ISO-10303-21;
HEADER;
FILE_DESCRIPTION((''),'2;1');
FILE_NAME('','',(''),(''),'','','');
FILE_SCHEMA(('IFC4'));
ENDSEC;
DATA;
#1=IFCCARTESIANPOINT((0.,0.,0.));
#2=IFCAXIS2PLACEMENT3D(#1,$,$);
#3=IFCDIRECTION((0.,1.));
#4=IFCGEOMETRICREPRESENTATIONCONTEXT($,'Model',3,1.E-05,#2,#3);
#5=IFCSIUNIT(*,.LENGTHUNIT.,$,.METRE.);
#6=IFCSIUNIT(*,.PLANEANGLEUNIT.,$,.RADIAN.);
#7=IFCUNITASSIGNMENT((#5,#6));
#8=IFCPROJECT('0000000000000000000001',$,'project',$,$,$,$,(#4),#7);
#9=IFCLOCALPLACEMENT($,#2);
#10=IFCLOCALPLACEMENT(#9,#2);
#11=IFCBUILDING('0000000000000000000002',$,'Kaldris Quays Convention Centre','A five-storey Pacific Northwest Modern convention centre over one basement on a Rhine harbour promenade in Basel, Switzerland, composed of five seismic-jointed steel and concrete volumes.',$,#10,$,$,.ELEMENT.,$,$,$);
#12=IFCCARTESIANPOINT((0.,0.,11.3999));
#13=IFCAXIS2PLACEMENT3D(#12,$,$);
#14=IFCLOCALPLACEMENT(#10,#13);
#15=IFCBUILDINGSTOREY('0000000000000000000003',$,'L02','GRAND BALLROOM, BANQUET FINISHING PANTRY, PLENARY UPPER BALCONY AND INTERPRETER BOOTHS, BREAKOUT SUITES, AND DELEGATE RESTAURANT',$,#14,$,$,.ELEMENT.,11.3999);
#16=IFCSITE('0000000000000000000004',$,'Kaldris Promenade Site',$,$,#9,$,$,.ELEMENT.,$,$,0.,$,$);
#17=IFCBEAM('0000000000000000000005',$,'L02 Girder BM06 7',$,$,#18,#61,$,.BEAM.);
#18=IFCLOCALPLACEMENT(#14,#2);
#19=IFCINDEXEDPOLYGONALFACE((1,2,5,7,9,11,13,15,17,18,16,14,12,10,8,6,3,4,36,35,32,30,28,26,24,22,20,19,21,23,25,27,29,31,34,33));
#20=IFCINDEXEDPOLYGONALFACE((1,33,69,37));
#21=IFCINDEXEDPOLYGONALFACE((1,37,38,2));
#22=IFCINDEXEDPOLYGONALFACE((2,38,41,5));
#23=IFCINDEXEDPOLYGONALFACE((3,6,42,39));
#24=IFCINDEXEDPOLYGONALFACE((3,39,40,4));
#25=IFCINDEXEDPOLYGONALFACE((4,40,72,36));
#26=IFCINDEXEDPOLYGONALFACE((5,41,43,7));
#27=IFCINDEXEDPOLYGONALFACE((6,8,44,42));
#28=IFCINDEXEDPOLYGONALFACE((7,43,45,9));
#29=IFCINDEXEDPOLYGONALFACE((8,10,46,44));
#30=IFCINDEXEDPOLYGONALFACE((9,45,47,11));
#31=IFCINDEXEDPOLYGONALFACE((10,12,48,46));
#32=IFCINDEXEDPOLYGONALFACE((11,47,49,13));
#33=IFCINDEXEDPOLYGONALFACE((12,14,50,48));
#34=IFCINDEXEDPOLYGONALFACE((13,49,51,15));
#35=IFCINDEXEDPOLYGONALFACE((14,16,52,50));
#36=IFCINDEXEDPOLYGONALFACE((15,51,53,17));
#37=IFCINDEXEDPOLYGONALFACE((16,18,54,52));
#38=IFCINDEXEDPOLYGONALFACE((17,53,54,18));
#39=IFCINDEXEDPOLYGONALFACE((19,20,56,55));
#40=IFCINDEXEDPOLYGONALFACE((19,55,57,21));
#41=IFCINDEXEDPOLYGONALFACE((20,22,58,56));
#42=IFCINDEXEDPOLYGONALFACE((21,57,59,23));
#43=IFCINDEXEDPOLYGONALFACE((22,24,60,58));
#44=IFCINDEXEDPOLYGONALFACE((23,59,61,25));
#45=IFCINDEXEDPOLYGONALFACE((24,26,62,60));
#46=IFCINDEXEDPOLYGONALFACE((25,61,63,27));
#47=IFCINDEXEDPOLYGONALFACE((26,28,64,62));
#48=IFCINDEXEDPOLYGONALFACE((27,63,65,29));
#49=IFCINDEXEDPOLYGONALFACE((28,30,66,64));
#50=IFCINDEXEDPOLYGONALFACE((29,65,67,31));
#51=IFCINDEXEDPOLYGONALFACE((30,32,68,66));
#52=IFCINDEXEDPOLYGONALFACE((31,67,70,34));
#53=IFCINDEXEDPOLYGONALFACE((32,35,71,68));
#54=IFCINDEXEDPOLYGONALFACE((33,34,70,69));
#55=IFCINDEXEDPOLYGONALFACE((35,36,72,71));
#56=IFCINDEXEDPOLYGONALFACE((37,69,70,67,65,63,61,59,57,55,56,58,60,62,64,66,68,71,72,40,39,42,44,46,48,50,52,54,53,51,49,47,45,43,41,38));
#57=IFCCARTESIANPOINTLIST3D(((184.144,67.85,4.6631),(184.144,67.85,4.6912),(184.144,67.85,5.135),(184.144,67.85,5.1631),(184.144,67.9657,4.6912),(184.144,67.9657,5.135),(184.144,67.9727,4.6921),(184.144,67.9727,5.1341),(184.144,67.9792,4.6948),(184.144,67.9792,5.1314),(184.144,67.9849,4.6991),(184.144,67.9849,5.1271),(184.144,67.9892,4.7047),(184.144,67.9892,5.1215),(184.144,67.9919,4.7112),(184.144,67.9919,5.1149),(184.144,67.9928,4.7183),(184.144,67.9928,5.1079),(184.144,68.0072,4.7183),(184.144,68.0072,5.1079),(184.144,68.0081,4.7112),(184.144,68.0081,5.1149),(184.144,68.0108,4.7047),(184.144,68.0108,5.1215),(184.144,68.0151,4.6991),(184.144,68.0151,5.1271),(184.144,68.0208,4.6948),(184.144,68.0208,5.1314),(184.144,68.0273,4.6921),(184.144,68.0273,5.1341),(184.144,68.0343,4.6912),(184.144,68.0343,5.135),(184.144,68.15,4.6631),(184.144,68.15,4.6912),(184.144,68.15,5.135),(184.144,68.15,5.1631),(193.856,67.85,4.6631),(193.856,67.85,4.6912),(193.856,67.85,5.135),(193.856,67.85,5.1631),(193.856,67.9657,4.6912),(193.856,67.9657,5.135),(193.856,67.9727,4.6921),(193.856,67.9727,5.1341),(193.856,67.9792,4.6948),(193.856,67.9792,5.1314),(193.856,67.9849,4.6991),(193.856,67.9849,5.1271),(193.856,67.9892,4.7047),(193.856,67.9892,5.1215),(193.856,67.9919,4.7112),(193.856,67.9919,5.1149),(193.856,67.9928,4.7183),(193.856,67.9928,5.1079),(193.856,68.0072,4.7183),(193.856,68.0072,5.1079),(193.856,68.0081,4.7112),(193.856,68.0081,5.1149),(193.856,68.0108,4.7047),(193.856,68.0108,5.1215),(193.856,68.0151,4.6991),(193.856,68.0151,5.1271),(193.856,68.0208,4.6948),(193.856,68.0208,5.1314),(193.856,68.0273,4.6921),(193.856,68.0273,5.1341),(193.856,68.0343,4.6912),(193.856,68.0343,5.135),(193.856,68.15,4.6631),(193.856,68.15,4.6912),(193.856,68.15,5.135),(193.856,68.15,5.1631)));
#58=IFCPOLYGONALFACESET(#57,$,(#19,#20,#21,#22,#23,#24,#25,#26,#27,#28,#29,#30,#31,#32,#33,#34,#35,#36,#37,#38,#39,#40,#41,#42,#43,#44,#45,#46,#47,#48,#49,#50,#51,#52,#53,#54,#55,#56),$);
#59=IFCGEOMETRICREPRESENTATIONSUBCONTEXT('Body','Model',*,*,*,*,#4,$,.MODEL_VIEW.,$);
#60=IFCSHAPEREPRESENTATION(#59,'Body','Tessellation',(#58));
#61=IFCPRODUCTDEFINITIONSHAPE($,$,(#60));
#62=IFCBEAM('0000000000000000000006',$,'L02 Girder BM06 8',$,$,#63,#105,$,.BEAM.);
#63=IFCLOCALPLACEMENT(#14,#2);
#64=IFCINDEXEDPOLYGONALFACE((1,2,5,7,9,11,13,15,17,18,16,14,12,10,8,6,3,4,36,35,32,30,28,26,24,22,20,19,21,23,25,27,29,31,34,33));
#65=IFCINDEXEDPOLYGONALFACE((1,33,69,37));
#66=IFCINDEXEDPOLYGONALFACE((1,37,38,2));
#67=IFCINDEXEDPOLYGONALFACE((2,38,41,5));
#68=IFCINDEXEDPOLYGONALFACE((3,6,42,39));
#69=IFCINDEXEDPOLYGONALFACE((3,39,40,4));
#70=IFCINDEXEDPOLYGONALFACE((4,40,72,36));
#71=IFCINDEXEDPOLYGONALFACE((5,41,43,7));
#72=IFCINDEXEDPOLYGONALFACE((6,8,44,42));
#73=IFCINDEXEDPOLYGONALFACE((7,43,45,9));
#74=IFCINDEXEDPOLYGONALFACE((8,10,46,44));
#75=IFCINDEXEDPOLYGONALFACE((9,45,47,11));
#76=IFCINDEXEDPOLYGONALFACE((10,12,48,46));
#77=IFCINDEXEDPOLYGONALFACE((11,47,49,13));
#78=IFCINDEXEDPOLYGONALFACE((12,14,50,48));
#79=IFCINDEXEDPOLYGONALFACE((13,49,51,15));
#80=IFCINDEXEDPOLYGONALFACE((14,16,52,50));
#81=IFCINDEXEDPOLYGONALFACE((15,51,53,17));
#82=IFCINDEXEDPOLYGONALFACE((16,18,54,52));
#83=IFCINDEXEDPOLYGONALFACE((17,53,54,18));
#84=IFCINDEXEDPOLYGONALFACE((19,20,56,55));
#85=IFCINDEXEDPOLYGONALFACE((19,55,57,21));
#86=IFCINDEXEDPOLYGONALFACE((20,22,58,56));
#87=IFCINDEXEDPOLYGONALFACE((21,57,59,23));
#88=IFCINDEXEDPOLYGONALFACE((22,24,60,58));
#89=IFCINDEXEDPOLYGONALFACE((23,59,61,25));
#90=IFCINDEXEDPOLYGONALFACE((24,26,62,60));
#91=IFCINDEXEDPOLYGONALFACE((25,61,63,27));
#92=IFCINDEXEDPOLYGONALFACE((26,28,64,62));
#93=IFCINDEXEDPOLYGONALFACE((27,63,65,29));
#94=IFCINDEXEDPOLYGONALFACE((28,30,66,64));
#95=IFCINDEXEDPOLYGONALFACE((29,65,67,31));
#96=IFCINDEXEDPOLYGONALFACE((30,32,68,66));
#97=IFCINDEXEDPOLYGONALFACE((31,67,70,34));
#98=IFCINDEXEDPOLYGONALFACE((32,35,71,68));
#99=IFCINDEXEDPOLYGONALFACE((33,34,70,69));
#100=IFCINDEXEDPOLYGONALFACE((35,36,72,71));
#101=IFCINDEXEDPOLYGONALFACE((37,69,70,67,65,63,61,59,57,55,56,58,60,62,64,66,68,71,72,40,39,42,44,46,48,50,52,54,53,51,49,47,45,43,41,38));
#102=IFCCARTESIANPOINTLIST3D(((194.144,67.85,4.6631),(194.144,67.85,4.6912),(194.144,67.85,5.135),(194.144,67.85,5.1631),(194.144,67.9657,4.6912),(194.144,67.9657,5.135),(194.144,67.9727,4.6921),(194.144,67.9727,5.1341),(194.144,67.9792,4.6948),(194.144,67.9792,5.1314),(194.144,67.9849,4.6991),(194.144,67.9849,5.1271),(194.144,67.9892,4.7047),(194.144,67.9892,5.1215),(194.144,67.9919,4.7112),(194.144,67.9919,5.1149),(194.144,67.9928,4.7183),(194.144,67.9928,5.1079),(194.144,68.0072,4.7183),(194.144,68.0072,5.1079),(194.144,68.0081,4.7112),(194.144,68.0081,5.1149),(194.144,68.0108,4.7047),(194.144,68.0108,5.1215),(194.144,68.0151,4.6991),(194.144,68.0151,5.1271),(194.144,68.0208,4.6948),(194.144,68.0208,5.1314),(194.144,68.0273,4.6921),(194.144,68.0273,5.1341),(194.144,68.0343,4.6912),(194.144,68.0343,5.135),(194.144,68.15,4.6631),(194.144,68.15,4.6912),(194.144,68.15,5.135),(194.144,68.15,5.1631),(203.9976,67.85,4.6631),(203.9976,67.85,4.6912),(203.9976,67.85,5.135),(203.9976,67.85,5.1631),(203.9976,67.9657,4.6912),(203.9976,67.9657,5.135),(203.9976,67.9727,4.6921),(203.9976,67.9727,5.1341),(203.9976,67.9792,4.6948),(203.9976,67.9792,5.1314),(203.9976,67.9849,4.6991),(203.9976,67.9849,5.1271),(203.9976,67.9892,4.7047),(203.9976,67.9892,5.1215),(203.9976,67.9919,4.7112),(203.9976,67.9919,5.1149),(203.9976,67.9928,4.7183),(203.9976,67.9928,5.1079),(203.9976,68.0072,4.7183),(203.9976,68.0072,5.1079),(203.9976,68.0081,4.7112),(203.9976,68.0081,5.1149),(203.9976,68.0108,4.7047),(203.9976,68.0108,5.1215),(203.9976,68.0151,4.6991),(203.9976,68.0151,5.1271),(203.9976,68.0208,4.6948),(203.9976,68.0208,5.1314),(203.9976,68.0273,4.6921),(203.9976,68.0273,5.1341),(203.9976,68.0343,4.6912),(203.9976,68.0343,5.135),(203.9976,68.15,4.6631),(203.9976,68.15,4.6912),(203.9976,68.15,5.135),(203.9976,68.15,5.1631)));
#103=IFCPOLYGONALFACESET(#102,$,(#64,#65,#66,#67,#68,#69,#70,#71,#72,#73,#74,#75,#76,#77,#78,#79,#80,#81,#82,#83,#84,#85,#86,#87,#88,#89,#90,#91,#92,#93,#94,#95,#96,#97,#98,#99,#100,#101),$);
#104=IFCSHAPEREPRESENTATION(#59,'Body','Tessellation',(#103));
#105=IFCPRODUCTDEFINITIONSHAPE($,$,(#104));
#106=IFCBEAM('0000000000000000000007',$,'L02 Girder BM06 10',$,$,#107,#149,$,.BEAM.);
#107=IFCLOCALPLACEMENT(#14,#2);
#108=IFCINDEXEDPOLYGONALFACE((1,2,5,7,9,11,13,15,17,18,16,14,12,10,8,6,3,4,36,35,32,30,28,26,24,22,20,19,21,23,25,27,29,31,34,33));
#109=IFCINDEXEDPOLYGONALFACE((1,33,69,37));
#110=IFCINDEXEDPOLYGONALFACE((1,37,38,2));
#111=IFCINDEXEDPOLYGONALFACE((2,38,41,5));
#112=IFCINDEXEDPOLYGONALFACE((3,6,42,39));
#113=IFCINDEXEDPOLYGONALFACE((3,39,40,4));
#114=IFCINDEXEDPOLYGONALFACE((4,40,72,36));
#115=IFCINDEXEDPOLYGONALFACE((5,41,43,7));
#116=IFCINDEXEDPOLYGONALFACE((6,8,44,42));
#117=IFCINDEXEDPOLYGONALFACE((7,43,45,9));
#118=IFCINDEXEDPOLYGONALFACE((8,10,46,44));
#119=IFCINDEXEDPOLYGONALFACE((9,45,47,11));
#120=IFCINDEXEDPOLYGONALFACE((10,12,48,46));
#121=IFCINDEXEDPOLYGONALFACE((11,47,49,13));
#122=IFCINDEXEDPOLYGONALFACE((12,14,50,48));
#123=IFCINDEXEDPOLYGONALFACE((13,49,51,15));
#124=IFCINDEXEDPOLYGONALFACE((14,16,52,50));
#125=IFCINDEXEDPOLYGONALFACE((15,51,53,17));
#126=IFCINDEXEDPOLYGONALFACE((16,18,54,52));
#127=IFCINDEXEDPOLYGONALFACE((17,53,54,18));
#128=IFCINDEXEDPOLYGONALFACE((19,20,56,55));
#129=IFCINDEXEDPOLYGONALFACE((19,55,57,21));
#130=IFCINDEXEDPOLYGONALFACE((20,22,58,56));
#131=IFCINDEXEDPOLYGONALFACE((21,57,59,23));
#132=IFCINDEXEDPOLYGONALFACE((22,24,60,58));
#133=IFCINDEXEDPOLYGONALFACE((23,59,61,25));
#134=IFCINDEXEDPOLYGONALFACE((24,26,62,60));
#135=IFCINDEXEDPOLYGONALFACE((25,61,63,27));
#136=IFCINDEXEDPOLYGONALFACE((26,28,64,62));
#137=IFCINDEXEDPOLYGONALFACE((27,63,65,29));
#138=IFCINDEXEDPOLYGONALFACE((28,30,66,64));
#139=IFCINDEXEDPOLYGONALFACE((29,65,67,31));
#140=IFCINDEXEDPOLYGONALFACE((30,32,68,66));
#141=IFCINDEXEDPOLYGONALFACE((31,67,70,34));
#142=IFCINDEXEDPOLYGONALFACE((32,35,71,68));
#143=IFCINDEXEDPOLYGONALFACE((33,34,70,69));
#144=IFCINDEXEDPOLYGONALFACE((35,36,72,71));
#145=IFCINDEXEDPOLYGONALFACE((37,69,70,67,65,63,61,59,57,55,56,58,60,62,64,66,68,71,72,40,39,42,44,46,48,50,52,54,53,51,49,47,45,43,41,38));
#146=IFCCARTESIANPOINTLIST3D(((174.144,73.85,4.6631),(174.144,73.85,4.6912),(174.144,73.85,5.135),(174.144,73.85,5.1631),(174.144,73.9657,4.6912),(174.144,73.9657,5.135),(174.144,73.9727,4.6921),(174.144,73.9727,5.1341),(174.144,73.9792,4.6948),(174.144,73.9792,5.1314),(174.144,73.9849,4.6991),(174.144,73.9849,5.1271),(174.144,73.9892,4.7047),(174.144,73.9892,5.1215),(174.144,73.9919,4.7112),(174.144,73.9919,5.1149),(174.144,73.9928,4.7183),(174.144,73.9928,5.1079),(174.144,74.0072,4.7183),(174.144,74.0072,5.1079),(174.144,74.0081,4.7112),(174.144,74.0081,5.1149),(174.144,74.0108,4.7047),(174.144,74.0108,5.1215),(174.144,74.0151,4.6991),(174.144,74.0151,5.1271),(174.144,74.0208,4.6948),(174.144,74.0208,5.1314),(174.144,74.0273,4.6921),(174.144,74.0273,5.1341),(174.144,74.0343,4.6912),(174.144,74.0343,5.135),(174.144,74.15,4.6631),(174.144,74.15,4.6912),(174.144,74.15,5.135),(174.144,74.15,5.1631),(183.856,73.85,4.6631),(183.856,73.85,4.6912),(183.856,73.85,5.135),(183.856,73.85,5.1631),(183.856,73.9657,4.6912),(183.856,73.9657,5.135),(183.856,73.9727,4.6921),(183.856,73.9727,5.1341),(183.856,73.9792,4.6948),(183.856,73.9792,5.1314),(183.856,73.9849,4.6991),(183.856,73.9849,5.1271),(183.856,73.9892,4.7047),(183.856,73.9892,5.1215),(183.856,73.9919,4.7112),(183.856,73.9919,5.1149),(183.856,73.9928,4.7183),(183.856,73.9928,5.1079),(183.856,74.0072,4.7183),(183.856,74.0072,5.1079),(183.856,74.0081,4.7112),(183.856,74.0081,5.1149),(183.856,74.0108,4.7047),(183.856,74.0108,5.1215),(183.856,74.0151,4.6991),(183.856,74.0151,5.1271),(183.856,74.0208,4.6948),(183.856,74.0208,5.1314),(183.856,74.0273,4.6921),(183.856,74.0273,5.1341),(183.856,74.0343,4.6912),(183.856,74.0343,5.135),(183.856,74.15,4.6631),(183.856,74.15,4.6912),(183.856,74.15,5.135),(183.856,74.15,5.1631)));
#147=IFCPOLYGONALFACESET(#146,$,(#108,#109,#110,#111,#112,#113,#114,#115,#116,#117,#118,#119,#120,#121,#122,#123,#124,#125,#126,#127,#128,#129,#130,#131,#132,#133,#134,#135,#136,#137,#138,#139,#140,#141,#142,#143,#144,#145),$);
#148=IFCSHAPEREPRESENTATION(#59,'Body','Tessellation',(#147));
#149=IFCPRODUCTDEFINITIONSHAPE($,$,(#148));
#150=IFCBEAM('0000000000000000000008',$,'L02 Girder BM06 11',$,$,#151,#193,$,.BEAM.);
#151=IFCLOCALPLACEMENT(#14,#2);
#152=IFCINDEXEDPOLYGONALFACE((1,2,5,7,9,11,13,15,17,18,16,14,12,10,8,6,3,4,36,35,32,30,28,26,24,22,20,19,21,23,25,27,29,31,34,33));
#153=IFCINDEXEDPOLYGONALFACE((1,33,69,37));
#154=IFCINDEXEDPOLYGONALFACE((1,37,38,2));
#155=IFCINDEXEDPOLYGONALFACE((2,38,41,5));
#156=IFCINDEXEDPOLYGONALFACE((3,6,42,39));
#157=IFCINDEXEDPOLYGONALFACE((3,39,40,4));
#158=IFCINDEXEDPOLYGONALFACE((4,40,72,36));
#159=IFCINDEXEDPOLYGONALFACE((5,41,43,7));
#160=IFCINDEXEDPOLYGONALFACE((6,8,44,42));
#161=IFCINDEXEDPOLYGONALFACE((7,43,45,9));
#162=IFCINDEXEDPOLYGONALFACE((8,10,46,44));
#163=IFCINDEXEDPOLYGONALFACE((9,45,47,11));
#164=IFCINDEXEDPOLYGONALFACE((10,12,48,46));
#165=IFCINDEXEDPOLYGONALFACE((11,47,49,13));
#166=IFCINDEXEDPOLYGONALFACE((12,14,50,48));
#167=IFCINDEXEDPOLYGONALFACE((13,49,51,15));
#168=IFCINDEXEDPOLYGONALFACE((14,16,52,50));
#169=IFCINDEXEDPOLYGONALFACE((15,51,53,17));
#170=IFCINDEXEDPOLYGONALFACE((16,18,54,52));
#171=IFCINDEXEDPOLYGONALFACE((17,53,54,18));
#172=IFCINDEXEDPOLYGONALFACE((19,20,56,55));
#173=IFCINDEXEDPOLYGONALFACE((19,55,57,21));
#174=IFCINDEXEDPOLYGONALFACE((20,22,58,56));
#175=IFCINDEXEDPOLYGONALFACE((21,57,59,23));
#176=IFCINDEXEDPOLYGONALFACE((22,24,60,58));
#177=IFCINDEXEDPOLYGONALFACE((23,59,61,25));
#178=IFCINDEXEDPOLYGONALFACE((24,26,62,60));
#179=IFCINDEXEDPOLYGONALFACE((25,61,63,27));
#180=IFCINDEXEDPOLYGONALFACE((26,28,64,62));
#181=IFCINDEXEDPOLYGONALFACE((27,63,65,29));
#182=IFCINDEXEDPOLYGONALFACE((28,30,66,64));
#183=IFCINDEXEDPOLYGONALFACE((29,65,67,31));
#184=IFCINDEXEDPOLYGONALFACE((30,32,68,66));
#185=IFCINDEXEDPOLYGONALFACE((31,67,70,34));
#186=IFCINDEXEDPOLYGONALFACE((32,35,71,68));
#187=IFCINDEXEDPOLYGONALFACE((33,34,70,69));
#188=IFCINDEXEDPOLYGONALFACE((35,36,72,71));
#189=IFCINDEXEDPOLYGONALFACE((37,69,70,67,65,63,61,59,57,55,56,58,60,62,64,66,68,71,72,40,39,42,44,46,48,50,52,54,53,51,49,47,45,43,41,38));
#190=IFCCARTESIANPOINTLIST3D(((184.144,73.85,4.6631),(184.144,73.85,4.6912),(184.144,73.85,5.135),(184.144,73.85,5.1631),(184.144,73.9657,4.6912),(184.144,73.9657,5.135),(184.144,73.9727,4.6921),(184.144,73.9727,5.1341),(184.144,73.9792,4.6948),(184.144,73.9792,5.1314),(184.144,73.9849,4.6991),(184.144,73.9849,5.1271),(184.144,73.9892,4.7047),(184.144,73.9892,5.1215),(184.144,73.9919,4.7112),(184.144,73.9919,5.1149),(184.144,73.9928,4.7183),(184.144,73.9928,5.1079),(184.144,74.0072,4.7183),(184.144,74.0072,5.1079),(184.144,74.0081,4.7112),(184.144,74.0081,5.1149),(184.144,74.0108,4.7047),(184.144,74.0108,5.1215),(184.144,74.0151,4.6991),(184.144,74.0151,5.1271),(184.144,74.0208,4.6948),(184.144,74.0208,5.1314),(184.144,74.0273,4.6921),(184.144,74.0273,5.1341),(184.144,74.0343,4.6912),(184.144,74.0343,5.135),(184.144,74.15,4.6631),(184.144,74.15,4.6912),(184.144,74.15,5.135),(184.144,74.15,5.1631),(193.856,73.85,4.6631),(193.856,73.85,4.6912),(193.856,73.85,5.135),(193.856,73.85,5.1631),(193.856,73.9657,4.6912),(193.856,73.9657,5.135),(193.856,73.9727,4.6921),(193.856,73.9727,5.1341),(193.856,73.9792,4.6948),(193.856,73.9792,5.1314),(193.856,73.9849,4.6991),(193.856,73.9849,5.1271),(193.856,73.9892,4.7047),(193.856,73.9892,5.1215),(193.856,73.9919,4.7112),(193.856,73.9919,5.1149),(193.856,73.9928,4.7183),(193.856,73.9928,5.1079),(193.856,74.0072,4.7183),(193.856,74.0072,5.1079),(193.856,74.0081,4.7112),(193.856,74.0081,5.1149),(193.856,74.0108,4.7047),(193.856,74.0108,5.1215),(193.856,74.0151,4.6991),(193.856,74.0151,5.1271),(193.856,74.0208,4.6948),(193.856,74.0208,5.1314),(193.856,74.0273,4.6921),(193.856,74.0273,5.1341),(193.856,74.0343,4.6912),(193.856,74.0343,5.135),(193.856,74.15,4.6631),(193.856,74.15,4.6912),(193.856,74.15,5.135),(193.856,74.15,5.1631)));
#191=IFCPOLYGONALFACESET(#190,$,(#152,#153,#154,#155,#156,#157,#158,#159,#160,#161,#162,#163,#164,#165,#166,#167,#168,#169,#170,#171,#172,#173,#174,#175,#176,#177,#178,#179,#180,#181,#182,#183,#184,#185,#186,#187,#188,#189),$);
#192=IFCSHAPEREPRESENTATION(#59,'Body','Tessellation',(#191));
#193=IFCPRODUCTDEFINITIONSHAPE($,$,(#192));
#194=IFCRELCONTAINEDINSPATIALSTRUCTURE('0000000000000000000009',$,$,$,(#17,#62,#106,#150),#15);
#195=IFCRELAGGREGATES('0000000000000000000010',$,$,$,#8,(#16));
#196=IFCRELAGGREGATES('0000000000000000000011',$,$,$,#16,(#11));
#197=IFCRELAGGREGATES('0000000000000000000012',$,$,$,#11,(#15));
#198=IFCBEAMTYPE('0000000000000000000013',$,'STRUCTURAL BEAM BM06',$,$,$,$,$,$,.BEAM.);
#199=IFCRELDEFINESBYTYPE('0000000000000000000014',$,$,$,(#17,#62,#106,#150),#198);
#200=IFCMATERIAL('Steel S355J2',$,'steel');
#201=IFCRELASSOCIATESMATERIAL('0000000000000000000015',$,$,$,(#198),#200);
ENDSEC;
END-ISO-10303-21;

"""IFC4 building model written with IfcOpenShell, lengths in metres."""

from ifc_helpers import new_model, si_unit, direction, frame, origin, origin_2d, place, context, subcontext, project, spatial, i_section, extrude, material, material_profile, profile_set, type_object, element, save


model = new_model("IFC4")

# Units and contexts
model_context = context("Model", 3, precision=1e-05, world=origin(), true_north=direction((0.0, 1.0)))
body_context = subcontext(model_context, "Body", "Model", "MODEL_VIEW")
ifc_project = project(units=[si_unit("LENGTHUNIT", "METRE"), si_unit("PLANEANGLEUNIT", "RADIAN")], contexts=[model_context])

# Site, building, storey
site_placement = place(None, origin())
site = spatial("IfcSite", under=ifc_project, at=site_placement, Name="Kaldris Promenade Site", CompositionType="ELEMENT", RefElevation=0.0)
building_placement = place(site_placement, origin())
building = spatial("IfcBuilding", under=site, at=building_placement, Name="Kaldris Quays Convention Centre", Description="A five-storey Pacific Northwest Modern convention centre over one basement on a Rhine harbour promenade in Basel, Switzerland, composed of five seismic-jointed steel and concrete volumes.", CompositionType="ELEMENT")
storey_placement = place(building_placement, frame((0.0, 0.0, 11.3999)))
storey = spatial("IfcBuildingStorey", under=building, at=storey_placement, Name="L02", Description="GRAND BALLROOM, BANQUET FINISHING PANTRY, PLENARY UPPER BALCONY AND INTERPRETER BOOTHS, BREAKOUT SUITES, AND DELEGATE RESTAURANT", CompositionType="ELEMENT", Elevation=11.3999)

# Shared definitions
ifc_material_1 = material(Name="Steel S355J2", Category="steel")

# Beams
ifc_material_profile_1 = material_profile(ifc_material_1, i_section(OverallWidth=0.3, OverallDepth=0.5, WebThickness=0.0144, FlangeThickness=0.0281, FilletRadius=0.0271, at=origin_2d()), Name="HEB 500")
ifc_profile_set_1 = profile_set([ifc_material_profile_1], Name="Steel S355J2")
beam_type_1 = type_object("IfcBeamType", Name="STRUCTURAL BEAM BM06", PredefinedType="BEAM", material=ifc_profile_set_1)
beam_1_placement = place(storey_placement, frame((184.144, 68.0, 4.9131), z_axis=(1.0, 0.0, 0.0), x_axis=(0.0, 1.0, 0.0)))
element("IfcBeam", 1, at=beam_1_placement, inside=storey, type_object=beam_type_1, Name="L02 Girder BM06 7", PredefinedType="BEAM", context=body_context, shape_type="SweptSolid", body=[
    extrude(i_section(OverallWidth=0.3, OverallDepth=0.5, WebThickness=0.0144, FlangeThickness=0.0281, FilletRadius=0.0271, at=origin_2d()), origin(), (0.0, 0.0, 1.0), 9.7119),
])
beam_2_placement = place(storey_placement, frame((194.144, 68.0, 4.9131), z_axis=(1.0, 0.0, 0.0), x_axis=(0.0, 1.0, 0.0)))
element("IfcBeam", 2, at=beam_2_placement, inside=storey, type_object=beam_type_1, Name="L02 Girder BM06 8", PredefinedType="BEAM", context=body_context, shape_type="SweptSolid", body=[
    extrude(i_section(OverallWidth=0.3, OverallDepth=0.5, WebThickness=0.0144, FlangeThickness=0.0281, FilletRadius=0.0271, at=origin_2d()), origin(), (0.0, 0.0, 1.0), 9.8535),
])
for number, where, z_axis, x_axis, name in (
    (3, (174.144, 74.0, 4.9131), (1.0, 0.0, 0.0), (0.0, 1.0, 0.0), "L02 Girder BM06 10"),
    (4, (184.144, 74.0, 4.9131), (1.0, 0.0, 0.0), (0.0, 1.0, 0.0), "L02 Girder BM06 11"),
):
    element("IfcBeam", number, at=place(storey_placement, frame(where, z_axis=z_axis, x_axis=x_axis)), inside=storey, type_object=beam_type_1, Name=name, PredefinedType="BEAM", context=body_context, shape_type="SweptSolid", body=[
        extrude(i_section(OverallWidth=0.3, OverallDepth=0.5, WebThickness=0.0144, FlangeThickness=0.0281, FilletRadius=0.0271, at=origin_2d()), origin(), (0.0, 0.0, 1.0), 9.7119),
    ])

save(model, "model.ifc")
